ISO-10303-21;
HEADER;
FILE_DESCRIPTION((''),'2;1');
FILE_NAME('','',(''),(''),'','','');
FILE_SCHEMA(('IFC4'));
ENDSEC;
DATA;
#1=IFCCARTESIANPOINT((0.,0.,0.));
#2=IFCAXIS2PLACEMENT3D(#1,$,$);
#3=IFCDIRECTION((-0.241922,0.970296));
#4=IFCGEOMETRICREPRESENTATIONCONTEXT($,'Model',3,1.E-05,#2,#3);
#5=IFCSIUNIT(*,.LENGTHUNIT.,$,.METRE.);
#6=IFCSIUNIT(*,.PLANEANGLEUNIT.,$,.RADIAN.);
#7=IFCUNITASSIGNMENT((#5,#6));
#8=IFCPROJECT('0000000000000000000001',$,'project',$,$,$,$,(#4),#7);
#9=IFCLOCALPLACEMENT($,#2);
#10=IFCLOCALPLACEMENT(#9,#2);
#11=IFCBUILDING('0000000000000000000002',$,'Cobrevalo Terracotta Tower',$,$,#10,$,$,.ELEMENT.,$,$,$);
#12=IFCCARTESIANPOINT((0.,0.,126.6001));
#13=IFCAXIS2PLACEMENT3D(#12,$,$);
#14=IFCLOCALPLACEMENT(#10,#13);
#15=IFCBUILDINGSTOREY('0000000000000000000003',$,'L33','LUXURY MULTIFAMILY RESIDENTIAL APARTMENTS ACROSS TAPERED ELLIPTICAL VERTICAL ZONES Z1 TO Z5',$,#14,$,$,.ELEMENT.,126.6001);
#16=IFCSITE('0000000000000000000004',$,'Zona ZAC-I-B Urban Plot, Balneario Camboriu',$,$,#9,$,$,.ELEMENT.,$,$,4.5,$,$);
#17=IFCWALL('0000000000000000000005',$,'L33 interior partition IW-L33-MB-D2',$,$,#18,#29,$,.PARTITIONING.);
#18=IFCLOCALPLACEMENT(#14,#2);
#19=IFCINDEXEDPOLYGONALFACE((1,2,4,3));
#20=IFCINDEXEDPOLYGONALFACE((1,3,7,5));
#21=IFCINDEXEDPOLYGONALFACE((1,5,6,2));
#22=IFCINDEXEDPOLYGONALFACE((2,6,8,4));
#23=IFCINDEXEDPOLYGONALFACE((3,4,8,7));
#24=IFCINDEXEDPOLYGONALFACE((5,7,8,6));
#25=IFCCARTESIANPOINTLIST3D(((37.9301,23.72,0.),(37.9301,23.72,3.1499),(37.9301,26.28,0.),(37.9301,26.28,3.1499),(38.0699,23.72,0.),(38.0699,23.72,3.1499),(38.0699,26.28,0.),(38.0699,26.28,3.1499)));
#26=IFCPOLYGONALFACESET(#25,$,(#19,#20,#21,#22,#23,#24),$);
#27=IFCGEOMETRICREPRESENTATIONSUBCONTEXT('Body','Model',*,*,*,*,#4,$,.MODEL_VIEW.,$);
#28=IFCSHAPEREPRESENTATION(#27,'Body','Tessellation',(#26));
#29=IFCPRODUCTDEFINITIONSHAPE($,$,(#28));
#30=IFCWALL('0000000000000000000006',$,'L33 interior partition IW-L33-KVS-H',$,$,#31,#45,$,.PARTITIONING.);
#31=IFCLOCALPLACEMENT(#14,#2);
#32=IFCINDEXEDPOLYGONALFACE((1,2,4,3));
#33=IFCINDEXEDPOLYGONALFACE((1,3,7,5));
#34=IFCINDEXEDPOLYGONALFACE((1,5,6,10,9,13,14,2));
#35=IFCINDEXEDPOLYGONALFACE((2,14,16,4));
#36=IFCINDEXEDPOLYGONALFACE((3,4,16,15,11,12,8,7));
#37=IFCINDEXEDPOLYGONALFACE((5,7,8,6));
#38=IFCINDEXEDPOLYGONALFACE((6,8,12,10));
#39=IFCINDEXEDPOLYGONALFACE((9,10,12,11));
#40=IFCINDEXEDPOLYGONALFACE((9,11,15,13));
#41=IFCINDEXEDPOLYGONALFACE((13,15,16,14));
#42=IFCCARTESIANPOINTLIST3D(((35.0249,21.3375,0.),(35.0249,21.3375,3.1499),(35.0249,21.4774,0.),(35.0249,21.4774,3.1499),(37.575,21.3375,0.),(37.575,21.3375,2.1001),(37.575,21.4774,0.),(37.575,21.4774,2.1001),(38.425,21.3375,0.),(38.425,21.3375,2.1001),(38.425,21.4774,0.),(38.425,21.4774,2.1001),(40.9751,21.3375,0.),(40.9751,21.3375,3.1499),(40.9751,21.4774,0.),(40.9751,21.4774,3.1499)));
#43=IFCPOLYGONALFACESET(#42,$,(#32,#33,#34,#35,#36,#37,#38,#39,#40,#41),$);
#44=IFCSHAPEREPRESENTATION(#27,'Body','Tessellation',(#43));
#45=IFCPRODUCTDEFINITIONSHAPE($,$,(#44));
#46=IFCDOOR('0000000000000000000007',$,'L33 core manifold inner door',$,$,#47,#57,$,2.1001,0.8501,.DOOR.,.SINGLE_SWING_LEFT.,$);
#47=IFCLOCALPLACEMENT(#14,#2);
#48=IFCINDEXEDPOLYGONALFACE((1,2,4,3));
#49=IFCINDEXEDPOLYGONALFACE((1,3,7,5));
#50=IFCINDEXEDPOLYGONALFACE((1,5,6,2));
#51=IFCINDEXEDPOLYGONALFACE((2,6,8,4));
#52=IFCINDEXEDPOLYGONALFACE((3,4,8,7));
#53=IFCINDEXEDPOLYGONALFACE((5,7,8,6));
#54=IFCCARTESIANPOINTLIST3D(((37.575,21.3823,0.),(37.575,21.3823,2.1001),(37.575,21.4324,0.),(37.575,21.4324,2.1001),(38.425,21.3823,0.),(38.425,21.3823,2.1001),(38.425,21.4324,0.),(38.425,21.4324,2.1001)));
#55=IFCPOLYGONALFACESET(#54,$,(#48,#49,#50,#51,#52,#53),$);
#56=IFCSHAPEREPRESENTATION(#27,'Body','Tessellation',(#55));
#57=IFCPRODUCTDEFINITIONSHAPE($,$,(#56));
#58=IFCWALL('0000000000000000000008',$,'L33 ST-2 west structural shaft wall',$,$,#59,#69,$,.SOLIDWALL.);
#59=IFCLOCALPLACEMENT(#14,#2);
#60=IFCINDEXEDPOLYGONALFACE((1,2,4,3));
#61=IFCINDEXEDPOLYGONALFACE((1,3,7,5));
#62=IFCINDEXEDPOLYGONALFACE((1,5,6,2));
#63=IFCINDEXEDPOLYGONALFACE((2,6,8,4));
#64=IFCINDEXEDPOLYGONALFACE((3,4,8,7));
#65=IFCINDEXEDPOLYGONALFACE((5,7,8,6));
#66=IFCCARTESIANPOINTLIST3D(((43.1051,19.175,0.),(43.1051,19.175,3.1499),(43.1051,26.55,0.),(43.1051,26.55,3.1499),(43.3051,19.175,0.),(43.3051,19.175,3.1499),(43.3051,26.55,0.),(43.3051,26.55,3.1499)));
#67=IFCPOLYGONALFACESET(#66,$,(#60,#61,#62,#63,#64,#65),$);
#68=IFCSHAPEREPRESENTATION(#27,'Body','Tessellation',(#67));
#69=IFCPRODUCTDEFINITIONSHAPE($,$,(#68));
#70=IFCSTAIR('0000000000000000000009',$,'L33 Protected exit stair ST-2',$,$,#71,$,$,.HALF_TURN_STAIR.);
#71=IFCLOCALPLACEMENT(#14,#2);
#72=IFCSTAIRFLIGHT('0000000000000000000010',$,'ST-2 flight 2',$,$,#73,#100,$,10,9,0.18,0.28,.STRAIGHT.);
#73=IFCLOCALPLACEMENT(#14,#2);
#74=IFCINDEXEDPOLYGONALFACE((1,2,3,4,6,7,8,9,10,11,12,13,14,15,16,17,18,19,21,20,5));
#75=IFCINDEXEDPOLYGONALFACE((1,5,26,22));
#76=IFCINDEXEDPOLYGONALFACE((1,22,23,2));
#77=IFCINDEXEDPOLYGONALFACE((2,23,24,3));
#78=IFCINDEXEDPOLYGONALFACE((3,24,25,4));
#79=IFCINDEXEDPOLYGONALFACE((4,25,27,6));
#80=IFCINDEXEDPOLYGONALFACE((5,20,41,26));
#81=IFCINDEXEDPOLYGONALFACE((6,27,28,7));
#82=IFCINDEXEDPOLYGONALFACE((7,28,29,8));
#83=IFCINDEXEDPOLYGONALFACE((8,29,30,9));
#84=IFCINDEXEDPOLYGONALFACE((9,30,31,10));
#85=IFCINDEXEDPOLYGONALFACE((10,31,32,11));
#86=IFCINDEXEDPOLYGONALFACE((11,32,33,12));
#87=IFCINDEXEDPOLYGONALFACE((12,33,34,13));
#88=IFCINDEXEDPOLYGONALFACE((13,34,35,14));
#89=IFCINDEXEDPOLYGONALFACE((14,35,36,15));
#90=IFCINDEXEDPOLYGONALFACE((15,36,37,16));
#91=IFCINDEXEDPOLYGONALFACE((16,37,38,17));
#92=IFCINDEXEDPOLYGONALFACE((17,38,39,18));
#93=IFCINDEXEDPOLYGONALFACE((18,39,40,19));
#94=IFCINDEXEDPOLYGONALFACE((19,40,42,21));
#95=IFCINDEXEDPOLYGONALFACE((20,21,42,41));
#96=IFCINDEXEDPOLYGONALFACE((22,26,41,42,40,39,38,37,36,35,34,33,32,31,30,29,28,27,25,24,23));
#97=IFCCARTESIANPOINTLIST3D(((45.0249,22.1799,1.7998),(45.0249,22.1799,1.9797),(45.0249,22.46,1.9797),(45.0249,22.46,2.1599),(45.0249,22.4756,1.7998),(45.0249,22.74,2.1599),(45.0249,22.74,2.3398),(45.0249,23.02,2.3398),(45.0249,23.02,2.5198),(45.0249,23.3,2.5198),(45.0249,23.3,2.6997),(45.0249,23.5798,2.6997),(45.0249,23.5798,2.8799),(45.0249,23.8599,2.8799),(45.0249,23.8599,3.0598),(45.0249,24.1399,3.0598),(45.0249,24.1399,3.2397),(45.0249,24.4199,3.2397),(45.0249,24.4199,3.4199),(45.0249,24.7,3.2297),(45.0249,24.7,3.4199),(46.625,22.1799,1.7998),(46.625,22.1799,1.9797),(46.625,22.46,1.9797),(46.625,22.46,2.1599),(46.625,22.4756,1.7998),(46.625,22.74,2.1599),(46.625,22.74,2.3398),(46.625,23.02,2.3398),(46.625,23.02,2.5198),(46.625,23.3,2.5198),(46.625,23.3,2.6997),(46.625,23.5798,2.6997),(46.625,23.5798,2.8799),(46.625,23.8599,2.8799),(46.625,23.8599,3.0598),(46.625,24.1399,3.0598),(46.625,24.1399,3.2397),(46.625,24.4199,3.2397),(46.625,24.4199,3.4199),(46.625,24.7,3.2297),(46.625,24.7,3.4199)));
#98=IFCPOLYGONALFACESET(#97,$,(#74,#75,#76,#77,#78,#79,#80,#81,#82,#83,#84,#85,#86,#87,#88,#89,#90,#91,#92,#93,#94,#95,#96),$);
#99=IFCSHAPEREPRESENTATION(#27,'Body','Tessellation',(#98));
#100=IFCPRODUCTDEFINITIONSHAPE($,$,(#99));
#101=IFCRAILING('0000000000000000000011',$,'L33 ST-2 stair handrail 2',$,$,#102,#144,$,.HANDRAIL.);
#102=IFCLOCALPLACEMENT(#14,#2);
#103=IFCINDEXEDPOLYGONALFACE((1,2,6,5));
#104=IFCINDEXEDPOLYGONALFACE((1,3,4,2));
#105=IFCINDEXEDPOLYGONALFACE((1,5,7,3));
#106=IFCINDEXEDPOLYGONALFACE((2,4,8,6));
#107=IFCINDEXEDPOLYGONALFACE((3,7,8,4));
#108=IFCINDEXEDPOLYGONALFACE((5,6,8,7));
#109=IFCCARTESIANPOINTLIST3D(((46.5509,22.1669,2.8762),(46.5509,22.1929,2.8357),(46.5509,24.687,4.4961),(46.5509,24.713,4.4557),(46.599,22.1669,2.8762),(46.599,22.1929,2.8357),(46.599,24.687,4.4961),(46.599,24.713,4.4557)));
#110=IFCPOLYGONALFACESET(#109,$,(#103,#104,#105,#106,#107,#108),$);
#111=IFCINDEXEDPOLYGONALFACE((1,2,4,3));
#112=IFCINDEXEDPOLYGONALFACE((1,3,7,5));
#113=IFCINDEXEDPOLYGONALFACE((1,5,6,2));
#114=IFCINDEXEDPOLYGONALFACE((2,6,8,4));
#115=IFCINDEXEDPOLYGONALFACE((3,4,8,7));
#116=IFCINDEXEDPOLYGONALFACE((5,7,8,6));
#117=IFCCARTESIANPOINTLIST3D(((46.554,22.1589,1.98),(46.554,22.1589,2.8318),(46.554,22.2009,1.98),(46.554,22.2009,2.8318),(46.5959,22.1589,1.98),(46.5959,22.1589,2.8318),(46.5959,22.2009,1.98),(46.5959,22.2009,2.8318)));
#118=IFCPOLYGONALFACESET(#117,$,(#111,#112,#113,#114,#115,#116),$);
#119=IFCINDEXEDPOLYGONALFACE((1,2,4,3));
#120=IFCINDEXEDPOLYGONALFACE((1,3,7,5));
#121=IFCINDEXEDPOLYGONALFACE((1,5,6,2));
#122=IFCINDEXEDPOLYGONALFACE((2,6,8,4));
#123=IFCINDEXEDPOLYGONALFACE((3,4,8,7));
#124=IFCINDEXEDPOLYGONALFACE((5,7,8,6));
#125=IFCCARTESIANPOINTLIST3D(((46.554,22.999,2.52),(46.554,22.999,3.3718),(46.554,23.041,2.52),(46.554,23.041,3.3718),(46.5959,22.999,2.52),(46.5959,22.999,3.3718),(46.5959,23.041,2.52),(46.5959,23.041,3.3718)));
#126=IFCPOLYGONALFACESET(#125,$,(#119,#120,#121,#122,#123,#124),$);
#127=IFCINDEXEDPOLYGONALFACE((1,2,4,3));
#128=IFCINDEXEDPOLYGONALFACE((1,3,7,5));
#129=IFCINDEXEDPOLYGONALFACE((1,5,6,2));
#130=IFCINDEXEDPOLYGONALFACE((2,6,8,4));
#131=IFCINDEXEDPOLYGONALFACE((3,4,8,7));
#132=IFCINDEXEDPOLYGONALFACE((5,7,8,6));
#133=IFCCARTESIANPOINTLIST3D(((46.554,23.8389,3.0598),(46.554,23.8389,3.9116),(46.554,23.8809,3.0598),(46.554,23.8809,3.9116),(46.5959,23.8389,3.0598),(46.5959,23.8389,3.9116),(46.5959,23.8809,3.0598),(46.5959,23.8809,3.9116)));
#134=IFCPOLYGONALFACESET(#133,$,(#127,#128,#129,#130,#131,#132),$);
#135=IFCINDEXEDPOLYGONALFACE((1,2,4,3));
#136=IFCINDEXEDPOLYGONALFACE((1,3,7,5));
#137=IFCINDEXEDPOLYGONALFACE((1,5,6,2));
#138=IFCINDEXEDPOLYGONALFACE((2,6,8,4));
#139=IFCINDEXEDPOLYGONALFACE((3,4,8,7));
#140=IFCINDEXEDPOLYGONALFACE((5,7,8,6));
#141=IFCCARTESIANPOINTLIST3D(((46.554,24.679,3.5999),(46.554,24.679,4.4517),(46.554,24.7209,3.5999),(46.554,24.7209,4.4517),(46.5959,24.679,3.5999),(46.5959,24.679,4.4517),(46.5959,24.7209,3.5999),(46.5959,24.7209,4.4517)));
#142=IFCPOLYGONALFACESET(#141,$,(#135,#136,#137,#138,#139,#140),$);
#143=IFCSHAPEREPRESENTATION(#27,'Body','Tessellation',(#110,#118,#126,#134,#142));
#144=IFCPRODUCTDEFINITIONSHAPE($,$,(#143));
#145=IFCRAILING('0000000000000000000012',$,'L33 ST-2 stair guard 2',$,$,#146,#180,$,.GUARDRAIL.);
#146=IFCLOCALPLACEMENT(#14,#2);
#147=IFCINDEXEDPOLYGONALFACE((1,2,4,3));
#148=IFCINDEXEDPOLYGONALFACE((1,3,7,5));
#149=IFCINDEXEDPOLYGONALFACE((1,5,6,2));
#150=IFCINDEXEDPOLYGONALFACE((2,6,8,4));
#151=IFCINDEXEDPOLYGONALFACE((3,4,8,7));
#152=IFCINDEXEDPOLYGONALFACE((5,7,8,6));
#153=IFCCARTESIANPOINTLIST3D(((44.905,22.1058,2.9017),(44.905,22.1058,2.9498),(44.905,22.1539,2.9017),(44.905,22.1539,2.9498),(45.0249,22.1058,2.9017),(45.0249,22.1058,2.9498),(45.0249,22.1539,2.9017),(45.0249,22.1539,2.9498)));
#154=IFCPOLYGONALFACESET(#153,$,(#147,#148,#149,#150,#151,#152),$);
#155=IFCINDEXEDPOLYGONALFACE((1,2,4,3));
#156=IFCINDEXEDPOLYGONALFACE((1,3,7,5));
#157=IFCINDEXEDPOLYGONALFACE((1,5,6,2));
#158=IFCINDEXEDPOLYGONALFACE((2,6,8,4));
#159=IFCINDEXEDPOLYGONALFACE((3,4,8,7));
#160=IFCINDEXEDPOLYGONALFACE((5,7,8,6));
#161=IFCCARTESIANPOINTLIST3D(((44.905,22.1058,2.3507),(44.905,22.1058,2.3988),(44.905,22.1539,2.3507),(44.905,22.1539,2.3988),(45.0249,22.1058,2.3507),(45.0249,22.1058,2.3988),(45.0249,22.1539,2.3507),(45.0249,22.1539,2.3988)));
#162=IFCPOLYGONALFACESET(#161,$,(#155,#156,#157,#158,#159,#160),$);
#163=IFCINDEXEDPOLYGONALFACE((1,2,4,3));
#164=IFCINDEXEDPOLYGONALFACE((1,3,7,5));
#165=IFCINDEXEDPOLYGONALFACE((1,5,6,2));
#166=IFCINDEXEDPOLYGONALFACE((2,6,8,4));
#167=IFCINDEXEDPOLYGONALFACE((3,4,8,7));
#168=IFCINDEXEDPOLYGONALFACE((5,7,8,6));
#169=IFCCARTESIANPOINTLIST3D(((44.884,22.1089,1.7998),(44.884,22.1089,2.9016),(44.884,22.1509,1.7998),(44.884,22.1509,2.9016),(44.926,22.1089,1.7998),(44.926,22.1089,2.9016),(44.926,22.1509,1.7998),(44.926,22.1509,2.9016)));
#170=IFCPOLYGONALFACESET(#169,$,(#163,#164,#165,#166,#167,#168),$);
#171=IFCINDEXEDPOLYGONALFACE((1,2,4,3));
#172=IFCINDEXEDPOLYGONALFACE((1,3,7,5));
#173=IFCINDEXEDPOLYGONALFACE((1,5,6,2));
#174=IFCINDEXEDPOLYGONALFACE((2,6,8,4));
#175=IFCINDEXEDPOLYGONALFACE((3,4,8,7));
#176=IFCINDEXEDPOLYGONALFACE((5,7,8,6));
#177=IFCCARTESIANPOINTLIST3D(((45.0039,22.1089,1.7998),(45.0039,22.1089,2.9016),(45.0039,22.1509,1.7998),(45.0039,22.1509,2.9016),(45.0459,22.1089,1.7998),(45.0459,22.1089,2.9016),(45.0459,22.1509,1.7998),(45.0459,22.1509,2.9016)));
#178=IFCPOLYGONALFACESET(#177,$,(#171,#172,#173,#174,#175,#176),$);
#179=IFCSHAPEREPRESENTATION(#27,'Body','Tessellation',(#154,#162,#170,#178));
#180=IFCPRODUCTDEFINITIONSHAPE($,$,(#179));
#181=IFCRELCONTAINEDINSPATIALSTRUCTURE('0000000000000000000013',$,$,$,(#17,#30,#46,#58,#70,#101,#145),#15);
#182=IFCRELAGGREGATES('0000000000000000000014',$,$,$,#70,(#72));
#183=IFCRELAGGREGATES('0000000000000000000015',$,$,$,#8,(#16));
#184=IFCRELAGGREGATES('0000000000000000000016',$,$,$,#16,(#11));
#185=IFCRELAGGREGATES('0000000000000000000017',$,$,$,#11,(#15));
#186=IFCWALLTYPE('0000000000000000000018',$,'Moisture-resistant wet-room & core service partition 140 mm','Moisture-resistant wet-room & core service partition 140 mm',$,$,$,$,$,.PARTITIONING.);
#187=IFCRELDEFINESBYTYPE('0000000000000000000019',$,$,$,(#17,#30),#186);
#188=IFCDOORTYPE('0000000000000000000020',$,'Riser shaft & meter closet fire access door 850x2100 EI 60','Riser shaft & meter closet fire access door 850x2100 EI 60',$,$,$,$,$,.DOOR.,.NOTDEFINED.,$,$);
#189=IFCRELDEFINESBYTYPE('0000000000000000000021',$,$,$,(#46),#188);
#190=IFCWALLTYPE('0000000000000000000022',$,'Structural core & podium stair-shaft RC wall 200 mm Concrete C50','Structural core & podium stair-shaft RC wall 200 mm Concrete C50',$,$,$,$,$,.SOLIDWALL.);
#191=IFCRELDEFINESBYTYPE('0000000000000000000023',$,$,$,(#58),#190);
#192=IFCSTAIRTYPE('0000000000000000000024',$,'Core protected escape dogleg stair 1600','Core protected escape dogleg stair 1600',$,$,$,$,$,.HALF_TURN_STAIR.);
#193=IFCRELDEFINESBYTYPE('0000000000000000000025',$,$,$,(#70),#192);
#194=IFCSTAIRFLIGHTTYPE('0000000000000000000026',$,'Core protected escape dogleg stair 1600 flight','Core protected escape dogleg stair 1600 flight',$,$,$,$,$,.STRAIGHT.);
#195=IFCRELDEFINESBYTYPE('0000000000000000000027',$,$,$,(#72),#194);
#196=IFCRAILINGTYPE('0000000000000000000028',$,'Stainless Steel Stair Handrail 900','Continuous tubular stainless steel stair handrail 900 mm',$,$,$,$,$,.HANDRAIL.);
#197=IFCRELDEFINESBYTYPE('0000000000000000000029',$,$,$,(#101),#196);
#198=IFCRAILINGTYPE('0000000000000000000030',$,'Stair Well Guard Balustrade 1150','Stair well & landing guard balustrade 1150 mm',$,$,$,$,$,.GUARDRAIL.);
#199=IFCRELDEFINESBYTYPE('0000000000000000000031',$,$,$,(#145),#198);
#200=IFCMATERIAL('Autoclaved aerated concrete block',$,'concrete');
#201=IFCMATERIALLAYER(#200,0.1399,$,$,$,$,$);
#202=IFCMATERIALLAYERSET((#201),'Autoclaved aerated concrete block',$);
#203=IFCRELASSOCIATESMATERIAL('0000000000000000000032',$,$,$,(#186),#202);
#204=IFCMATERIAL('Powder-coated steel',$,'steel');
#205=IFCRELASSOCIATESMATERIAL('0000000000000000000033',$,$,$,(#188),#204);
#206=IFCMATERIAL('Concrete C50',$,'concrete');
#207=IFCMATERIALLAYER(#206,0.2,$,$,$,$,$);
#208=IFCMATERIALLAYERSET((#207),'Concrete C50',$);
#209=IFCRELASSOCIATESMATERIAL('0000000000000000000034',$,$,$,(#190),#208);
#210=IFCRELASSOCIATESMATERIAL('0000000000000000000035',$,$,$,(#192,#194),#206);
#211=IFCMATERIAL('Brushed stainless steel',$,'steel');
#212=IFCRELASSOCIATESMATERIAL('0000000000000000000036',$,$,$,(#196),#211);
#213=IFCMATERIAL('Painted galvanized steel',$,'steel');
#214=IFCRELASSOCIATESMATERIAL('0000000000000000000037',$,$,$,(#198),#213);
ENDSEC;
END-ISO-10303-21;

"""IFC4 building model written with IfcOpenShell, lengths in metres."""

from ifc_helpers import new_model, si_unit, direction, frame, frame_2d, origin, origin_2d, place, context, subcontext, project, spatial, polyline, rectangle, outline, extrude, source, transform, mapped, material, layer, layer_set, type_object, element, fill, aggregate, save


model = new_model("IFC4")

# Units and contexts
model_context = context("Model", 3, precision=1e-05, world=origin(), true_north=direction((-0.241922, 0.970296)))
body_context = subcontext(model_context, "Body", "Model", "MODEL_VIEW")
ifc_project = project(units=[si_unit("LENGTHUNIT", "METRE"), si_unit("PLANEANGLEUNIT", "RADIAN")], contexts=[model_context])

# Site, building, storey
site_placement = place(None, origin())
site = spatial("IfcSite", under=ifc_project, at=site_placement, Name="Zona ZAC-I-B Urban Plot, Balneario Camboriu", CompositionType="ELEMENT", RefElevation=4.5)
building_placement = place(site_placement, origin())
building = spatial("IfcBuilding", under=site, at=building_placement, Name="Cobrevalo Terracotta Tower", CompositionType="ELEMENT")
storey_placement = place(building_placement, frame((0.0, 0.0, 126.6001)))
storey = spatial("IfcBuildingStorey", under=building, at=storey_placement, Name="L33", Description="LUXURY MULTIFAMILY RESIDENTIAL APARTMENTS ACROSS TAPERED ELLIPTICAL VERTICAL ZONES Z1 TO Z5", CompositionType="ELEMENT", Elevation=126.6001)

# Shared definitions
ifc_material_1 = material(Name="Autoclaved aerated concrete block", Category="concrete")

# Wall
ifc_layer_1 = layer(ifc_material_1, 0.1399)
ifc_layer_set_1 = layer_set([ifc_layer_1], Name="Autoclaved aerated concrete block")
wall_type_1 = type_object("IfcWallType", Name="Moisture-resistant wet-room & core service partition 140 mm", Description="Moisture-resistant wet-room & core service partition 140 mm", PredefinedType="PARTITIONING", material=ifc_layer_set_1)
wall_1_placement = place(storey_placement, frame((38.0, 23.72, 0.0), z_axis=(0.0, 0.0, 1.0), x_axis=(0.0, 1.0, 0.0)))
element("IfcWall", 1, at=wall_1_placement, inside=storey, type_object=wall_type_1, Name="L33 interior partition IW-L33-MB-D2", PredefinedType="PARTITIONING", context=body_context, shape_type="SweptSolid", body=[
    extrude(rectangle(XDim=2.5601, YDim=0.1399, at=frame_2d((1.28, 0.0))), origin(), (0.0, 0.0, 1.0), 3.1499),
])

# Wall, opening, door
wall_2_placement = place(storey_placement, frame((35.0249, 21.4075, 0.0), z_axis=(0.0, 0.0, 1.0), x_axis=(1.0, 0.0, 0.0)))
wall_2 = element("IfcWall", 2, at=wall_2_placement, inside=storey, type_object=wall_type_1, Name="L33 interior partition IW-L33-KVS-H", PredefinedType="PARTITIONING", context=body_context, shape_type="SweptSolid", body=[
    extrude(rectangle(XDim=5.9502, YDim=0.1399, at=frame_2d((2.9751, 0.0))), origin(), (0.0, 0.0, 1.0), 3.1499),
])
opening_1_placement = place(wall_2_placement, frame((2.55, 0.0, 0.0)))
opening_1 = element("IfcOpeningElement", 3, at=opening_1_placement, cuts=wall_2, PredefinedType="OPENING", context=body_context, shape_type="SweptSolid", body=[
    extrude(rectangle(XDim=0.8501, YDim=2.1001, at=frame_2d((0.425, 1.05))), frame((0.0, 0.0801, 0.0), z_axis=(0.0, -1.0, 0.0), x_axis=(1.0, 0.0, 0.0)), (0.0, 0.0, 1.0), 0.1599),
])
ifc_material_2 = material(Name="Powder-coated steel", Category="steel")
door_type_1 = type_object("IfcDoorType", Name="Riser shaft & meter closet fire access door 850x2100 EI 60", Description="Riser shaft & meter closet fire access door 850x2100 EI 60", OperationType="NOTDEFINED", PredefinedType="DOOR", material=ifc_material_2)
shared_shape_1 = source(origin(), body_context, "Body", "SweptSolid", [
    extrude(rectangle(XDim=0.8501, YDim=2.1001, at=frame_2d((0.425, 1.05))), frame((0.0, 0.0249, 0.0), z_axis=(0.0, -1.0, 0.0), x_axis=(1.0, 0.0, 0.0)), (0.0, 0.0, 1.0), 0.05),
])
door_1_placement = place(opening_1_placement, origin())
door_1 = element("IfcDoor", 4, at=door_1_placement, inside=storey, type_object=door_type_1, Name="L33 core manifold inner door", OperationType="SINGLE_SWING_LEFT", OverallHeight=2.1001, OverallWidth=0.8501, PredefinedType="DOOR", context=body_context, shape_type="MappedRepresentation", body=[
    mapped(shared_shape_1, transform((0.0, 0.0, 0.0), scale=1.0)),
])
fill(opening_1, door_1)

# Wall
ifc_material_3 = material(Name="Concrete C50", Category="concrete")
ifc_layer_2 = layer(ifc_material_3, 0.2)
ifc_layer_set_2 = layer_set([ifc_layer_2], Name="Concrete C50")
wall_type_2 = type_object("IfcWallType", Name="Structural core & podium stair-shaft RC wall 200 mm Concrete C50", Description="Structural core & podium stair-shaft RC wall 200 mm Concrete C50", PredefinedType="SOLIDWALL", material=ifc_layer_set_2)
wall_3_placement = place(storey_placement, frame((43.2051, 19.175, 0.0), z_axis=(0.0, 0.0, 1.0), x_axis=(0.0, 1.0, 0.0)))
element("IfcWall", 5, at=wall_3_placement, inside=storey, type_object=wall_type_2, Name="L33 ST-2 west structural shaft wall", PredefinedType="SOLIDWALL", context=body_context, shape_type="SweptSolid", body=[
    extrude(rectangle(XDim=7.375, YDim=0.2, at=frame_2d((3.6875, 0.0))), origin(), (0.0, 0.0, 1.0), 3.1499),
])

# Stair, stair flight
stair_type = type_object("IfcStairType", Name="Core protected escape dogleg stair 1600", Description="Core protected escape dogleg stair 1600", PredefinedType="HALF_TURN_STAIR", material=ifc_material_3)
stair_placement = place(storey_placement, origin())
stair = element("IfcStair", 6, at=stair_placement, inside=storey, type_object=stair_type, Name="L33 Protected exit stair ST-2", PredefinedType="HALF_TURN_STAIR")
stair_flight_type = type_object("IfcStairFlightType", Name="Core protected escape dogleg stair 1600 flight", Description="Core protected escape dogleg stair 1600 flight", PredefinedType="STRAIGHT", material=ifc_material_3)
stair_flight_placement = place(storey_placement, frame((45.825, 22.1799, 1.7998), z_axis=(0.0, 0.0, 1.0), x_axis=(0.0, 1.0, 0.0)))
stair_flight = element("IfcStairFlight", 7, at=stair_flight_placement, type_object=stair_flight_type, Name="ST-2 flight 2", NumberOfRisers=10, NumberOfTreads=9, PredefinedType="STRAIGHT", RiserHeight=0.18, TreadLength=0.28, context=body_context, shape_type="SweptSolid", body=[
    extrude(outline(polyline([(0.0, 0.0), (0.0, 0.1799), (0.28, 0.1799), (0.28, 0.3601), (0.5601, 0.3601), (0.5601, 0.54), (0.8401, 0.54), (0.8401, 0.72), (1.1201, 0.72), (1.1201, 0.8999), (1.3999, 0.8999), (1.3999, 1.0801), (1.6799, 1.0801), (1.6799, 1.26), (1.96, 1.26), (1.96, 1.4399), (2.24, 1.4399), (2.24, 1.6201), (2.52, 1.6201), (2.52, 1.8), (2.52, 1.4299), (0.2957, 0.0), (0.0, 0.0)])), frame((0.0, 0.8, 0.0), z_axis=(0.0, -1.0, 0.0), x_axis=(1.0, 0.0, 0.0)), (0.0, 0.0, 1.0), 1.6001),
])
aggregate(stair, [stair_flight])

# Railings
ifc_material_4 = material(Name="Brushed stainless steel", Category="steel")
railing_type_1 = type_object("IfcRailingType", Name="Stainless Steel Stair Handrail 900", Description="Continuous tubular stainless steel stair handrail 900 mm", PredefinedType="HANDRAIL", material=ifc_material_4)
railing_1_placement = place(storey_placement, frame((46.575, 22.1799, 1.98)))
element("IfcRailing", 8, at=railing_1_placement, inside=storey, type_object=railing_type_1, Name="L33 ST-2 stair handrail 2", PredefinedType="HANDRAIL", context=body_context, shape_type="SweptSolid", body=[
    extrude(rectangle(XDim=0.0481, YDim=0.0481, at=origin_2d()), frame((0.0, 0.0, 0.876), z_axis=(0.0, 0.8412, 0.540725), x_axis=(-1.0, 0.0, 0.0)), (0.0, 0.0, 1.0), 2.9958),
    extrude(rectangle(XDim=0.042, YDim=0.042, at=origin_2d()), origin(), (0.0, 0.0, 1.0), 0.8518),
    extrude(rectangle(XDim=0.042, YDim=0.042, at=origin_2d()), frame((0.0, 0.8401, 0.54)), (0.0, 0.0, 1.0), 0.8518),
    extrude(rectangle(XDim=0.042, YDim=0.042, at=origin_2d()), frame((0.0, 1.6799, 1.0798)), (0.0, 0.0, 1.0), 0.8518),
    extrude(rectangle(XDim=0.042, YDim=0.042, at=origin_2d()), frame((0.0, 2.52, 1.6199)), (0.0, 0.0, 1.0), 0.8518),
])
ifc_material_5 = material(Name="Painted galvanized steel", Category="steel")
railing_type_2 = type_object("IfcRailingType", Name="Stair Well Guard Balustrade 1150", Description="Stair well & landing guard balustrade 1150 mm", PredefinedType="GUARDRAIL", material=ifc_material_5)
railing_2_placement = place(storey_placement, frame((44.905, 22.1299, 1.7998)))
element("IfcRailing", 9, at=railing_2_placement, inside=storey, type_object=railing_type_2, Name="L33 ST-2 stair guard 2", PredefinedType="GUARDRAIL", context=body_context, shape_type="SweptSolid", body=[
    extrude(rectangle(XDim=0.0481, YDim=0.0481, at=origin_2d()), frame((0.0, 0.0, 1.126), z_axis=(1.0, 0.0, 0.0), x_axis=(0.0, 1.0, 0.0)), (0.0, 0.0, 1.0), 0.1199),
    extrude(rectangle(XDim=0.0481, YDim=0.0481, at=origin_2d()), frame((0.0, 0.0, 0.575), z_axis=(1.0, 0.0, 0.0), x_axis=(0.0, 1.0, 0.0)), (0.0, 0.0, 1.0), 0.1199),
    extrude(rectangle(XDim=0.042, YDim=0.042, at=origin_2d()), origin(), (0.0, 0.0, 1.0), 1.1018),
    extrude(rectangle(XDim=0.042, YDim=0.042, at=origin_2d()), frame((0.1199, 0.0, 0.0)), (0.0, 0.0, 1.0), 1.1018),
])

save(model, "model.ifc")
